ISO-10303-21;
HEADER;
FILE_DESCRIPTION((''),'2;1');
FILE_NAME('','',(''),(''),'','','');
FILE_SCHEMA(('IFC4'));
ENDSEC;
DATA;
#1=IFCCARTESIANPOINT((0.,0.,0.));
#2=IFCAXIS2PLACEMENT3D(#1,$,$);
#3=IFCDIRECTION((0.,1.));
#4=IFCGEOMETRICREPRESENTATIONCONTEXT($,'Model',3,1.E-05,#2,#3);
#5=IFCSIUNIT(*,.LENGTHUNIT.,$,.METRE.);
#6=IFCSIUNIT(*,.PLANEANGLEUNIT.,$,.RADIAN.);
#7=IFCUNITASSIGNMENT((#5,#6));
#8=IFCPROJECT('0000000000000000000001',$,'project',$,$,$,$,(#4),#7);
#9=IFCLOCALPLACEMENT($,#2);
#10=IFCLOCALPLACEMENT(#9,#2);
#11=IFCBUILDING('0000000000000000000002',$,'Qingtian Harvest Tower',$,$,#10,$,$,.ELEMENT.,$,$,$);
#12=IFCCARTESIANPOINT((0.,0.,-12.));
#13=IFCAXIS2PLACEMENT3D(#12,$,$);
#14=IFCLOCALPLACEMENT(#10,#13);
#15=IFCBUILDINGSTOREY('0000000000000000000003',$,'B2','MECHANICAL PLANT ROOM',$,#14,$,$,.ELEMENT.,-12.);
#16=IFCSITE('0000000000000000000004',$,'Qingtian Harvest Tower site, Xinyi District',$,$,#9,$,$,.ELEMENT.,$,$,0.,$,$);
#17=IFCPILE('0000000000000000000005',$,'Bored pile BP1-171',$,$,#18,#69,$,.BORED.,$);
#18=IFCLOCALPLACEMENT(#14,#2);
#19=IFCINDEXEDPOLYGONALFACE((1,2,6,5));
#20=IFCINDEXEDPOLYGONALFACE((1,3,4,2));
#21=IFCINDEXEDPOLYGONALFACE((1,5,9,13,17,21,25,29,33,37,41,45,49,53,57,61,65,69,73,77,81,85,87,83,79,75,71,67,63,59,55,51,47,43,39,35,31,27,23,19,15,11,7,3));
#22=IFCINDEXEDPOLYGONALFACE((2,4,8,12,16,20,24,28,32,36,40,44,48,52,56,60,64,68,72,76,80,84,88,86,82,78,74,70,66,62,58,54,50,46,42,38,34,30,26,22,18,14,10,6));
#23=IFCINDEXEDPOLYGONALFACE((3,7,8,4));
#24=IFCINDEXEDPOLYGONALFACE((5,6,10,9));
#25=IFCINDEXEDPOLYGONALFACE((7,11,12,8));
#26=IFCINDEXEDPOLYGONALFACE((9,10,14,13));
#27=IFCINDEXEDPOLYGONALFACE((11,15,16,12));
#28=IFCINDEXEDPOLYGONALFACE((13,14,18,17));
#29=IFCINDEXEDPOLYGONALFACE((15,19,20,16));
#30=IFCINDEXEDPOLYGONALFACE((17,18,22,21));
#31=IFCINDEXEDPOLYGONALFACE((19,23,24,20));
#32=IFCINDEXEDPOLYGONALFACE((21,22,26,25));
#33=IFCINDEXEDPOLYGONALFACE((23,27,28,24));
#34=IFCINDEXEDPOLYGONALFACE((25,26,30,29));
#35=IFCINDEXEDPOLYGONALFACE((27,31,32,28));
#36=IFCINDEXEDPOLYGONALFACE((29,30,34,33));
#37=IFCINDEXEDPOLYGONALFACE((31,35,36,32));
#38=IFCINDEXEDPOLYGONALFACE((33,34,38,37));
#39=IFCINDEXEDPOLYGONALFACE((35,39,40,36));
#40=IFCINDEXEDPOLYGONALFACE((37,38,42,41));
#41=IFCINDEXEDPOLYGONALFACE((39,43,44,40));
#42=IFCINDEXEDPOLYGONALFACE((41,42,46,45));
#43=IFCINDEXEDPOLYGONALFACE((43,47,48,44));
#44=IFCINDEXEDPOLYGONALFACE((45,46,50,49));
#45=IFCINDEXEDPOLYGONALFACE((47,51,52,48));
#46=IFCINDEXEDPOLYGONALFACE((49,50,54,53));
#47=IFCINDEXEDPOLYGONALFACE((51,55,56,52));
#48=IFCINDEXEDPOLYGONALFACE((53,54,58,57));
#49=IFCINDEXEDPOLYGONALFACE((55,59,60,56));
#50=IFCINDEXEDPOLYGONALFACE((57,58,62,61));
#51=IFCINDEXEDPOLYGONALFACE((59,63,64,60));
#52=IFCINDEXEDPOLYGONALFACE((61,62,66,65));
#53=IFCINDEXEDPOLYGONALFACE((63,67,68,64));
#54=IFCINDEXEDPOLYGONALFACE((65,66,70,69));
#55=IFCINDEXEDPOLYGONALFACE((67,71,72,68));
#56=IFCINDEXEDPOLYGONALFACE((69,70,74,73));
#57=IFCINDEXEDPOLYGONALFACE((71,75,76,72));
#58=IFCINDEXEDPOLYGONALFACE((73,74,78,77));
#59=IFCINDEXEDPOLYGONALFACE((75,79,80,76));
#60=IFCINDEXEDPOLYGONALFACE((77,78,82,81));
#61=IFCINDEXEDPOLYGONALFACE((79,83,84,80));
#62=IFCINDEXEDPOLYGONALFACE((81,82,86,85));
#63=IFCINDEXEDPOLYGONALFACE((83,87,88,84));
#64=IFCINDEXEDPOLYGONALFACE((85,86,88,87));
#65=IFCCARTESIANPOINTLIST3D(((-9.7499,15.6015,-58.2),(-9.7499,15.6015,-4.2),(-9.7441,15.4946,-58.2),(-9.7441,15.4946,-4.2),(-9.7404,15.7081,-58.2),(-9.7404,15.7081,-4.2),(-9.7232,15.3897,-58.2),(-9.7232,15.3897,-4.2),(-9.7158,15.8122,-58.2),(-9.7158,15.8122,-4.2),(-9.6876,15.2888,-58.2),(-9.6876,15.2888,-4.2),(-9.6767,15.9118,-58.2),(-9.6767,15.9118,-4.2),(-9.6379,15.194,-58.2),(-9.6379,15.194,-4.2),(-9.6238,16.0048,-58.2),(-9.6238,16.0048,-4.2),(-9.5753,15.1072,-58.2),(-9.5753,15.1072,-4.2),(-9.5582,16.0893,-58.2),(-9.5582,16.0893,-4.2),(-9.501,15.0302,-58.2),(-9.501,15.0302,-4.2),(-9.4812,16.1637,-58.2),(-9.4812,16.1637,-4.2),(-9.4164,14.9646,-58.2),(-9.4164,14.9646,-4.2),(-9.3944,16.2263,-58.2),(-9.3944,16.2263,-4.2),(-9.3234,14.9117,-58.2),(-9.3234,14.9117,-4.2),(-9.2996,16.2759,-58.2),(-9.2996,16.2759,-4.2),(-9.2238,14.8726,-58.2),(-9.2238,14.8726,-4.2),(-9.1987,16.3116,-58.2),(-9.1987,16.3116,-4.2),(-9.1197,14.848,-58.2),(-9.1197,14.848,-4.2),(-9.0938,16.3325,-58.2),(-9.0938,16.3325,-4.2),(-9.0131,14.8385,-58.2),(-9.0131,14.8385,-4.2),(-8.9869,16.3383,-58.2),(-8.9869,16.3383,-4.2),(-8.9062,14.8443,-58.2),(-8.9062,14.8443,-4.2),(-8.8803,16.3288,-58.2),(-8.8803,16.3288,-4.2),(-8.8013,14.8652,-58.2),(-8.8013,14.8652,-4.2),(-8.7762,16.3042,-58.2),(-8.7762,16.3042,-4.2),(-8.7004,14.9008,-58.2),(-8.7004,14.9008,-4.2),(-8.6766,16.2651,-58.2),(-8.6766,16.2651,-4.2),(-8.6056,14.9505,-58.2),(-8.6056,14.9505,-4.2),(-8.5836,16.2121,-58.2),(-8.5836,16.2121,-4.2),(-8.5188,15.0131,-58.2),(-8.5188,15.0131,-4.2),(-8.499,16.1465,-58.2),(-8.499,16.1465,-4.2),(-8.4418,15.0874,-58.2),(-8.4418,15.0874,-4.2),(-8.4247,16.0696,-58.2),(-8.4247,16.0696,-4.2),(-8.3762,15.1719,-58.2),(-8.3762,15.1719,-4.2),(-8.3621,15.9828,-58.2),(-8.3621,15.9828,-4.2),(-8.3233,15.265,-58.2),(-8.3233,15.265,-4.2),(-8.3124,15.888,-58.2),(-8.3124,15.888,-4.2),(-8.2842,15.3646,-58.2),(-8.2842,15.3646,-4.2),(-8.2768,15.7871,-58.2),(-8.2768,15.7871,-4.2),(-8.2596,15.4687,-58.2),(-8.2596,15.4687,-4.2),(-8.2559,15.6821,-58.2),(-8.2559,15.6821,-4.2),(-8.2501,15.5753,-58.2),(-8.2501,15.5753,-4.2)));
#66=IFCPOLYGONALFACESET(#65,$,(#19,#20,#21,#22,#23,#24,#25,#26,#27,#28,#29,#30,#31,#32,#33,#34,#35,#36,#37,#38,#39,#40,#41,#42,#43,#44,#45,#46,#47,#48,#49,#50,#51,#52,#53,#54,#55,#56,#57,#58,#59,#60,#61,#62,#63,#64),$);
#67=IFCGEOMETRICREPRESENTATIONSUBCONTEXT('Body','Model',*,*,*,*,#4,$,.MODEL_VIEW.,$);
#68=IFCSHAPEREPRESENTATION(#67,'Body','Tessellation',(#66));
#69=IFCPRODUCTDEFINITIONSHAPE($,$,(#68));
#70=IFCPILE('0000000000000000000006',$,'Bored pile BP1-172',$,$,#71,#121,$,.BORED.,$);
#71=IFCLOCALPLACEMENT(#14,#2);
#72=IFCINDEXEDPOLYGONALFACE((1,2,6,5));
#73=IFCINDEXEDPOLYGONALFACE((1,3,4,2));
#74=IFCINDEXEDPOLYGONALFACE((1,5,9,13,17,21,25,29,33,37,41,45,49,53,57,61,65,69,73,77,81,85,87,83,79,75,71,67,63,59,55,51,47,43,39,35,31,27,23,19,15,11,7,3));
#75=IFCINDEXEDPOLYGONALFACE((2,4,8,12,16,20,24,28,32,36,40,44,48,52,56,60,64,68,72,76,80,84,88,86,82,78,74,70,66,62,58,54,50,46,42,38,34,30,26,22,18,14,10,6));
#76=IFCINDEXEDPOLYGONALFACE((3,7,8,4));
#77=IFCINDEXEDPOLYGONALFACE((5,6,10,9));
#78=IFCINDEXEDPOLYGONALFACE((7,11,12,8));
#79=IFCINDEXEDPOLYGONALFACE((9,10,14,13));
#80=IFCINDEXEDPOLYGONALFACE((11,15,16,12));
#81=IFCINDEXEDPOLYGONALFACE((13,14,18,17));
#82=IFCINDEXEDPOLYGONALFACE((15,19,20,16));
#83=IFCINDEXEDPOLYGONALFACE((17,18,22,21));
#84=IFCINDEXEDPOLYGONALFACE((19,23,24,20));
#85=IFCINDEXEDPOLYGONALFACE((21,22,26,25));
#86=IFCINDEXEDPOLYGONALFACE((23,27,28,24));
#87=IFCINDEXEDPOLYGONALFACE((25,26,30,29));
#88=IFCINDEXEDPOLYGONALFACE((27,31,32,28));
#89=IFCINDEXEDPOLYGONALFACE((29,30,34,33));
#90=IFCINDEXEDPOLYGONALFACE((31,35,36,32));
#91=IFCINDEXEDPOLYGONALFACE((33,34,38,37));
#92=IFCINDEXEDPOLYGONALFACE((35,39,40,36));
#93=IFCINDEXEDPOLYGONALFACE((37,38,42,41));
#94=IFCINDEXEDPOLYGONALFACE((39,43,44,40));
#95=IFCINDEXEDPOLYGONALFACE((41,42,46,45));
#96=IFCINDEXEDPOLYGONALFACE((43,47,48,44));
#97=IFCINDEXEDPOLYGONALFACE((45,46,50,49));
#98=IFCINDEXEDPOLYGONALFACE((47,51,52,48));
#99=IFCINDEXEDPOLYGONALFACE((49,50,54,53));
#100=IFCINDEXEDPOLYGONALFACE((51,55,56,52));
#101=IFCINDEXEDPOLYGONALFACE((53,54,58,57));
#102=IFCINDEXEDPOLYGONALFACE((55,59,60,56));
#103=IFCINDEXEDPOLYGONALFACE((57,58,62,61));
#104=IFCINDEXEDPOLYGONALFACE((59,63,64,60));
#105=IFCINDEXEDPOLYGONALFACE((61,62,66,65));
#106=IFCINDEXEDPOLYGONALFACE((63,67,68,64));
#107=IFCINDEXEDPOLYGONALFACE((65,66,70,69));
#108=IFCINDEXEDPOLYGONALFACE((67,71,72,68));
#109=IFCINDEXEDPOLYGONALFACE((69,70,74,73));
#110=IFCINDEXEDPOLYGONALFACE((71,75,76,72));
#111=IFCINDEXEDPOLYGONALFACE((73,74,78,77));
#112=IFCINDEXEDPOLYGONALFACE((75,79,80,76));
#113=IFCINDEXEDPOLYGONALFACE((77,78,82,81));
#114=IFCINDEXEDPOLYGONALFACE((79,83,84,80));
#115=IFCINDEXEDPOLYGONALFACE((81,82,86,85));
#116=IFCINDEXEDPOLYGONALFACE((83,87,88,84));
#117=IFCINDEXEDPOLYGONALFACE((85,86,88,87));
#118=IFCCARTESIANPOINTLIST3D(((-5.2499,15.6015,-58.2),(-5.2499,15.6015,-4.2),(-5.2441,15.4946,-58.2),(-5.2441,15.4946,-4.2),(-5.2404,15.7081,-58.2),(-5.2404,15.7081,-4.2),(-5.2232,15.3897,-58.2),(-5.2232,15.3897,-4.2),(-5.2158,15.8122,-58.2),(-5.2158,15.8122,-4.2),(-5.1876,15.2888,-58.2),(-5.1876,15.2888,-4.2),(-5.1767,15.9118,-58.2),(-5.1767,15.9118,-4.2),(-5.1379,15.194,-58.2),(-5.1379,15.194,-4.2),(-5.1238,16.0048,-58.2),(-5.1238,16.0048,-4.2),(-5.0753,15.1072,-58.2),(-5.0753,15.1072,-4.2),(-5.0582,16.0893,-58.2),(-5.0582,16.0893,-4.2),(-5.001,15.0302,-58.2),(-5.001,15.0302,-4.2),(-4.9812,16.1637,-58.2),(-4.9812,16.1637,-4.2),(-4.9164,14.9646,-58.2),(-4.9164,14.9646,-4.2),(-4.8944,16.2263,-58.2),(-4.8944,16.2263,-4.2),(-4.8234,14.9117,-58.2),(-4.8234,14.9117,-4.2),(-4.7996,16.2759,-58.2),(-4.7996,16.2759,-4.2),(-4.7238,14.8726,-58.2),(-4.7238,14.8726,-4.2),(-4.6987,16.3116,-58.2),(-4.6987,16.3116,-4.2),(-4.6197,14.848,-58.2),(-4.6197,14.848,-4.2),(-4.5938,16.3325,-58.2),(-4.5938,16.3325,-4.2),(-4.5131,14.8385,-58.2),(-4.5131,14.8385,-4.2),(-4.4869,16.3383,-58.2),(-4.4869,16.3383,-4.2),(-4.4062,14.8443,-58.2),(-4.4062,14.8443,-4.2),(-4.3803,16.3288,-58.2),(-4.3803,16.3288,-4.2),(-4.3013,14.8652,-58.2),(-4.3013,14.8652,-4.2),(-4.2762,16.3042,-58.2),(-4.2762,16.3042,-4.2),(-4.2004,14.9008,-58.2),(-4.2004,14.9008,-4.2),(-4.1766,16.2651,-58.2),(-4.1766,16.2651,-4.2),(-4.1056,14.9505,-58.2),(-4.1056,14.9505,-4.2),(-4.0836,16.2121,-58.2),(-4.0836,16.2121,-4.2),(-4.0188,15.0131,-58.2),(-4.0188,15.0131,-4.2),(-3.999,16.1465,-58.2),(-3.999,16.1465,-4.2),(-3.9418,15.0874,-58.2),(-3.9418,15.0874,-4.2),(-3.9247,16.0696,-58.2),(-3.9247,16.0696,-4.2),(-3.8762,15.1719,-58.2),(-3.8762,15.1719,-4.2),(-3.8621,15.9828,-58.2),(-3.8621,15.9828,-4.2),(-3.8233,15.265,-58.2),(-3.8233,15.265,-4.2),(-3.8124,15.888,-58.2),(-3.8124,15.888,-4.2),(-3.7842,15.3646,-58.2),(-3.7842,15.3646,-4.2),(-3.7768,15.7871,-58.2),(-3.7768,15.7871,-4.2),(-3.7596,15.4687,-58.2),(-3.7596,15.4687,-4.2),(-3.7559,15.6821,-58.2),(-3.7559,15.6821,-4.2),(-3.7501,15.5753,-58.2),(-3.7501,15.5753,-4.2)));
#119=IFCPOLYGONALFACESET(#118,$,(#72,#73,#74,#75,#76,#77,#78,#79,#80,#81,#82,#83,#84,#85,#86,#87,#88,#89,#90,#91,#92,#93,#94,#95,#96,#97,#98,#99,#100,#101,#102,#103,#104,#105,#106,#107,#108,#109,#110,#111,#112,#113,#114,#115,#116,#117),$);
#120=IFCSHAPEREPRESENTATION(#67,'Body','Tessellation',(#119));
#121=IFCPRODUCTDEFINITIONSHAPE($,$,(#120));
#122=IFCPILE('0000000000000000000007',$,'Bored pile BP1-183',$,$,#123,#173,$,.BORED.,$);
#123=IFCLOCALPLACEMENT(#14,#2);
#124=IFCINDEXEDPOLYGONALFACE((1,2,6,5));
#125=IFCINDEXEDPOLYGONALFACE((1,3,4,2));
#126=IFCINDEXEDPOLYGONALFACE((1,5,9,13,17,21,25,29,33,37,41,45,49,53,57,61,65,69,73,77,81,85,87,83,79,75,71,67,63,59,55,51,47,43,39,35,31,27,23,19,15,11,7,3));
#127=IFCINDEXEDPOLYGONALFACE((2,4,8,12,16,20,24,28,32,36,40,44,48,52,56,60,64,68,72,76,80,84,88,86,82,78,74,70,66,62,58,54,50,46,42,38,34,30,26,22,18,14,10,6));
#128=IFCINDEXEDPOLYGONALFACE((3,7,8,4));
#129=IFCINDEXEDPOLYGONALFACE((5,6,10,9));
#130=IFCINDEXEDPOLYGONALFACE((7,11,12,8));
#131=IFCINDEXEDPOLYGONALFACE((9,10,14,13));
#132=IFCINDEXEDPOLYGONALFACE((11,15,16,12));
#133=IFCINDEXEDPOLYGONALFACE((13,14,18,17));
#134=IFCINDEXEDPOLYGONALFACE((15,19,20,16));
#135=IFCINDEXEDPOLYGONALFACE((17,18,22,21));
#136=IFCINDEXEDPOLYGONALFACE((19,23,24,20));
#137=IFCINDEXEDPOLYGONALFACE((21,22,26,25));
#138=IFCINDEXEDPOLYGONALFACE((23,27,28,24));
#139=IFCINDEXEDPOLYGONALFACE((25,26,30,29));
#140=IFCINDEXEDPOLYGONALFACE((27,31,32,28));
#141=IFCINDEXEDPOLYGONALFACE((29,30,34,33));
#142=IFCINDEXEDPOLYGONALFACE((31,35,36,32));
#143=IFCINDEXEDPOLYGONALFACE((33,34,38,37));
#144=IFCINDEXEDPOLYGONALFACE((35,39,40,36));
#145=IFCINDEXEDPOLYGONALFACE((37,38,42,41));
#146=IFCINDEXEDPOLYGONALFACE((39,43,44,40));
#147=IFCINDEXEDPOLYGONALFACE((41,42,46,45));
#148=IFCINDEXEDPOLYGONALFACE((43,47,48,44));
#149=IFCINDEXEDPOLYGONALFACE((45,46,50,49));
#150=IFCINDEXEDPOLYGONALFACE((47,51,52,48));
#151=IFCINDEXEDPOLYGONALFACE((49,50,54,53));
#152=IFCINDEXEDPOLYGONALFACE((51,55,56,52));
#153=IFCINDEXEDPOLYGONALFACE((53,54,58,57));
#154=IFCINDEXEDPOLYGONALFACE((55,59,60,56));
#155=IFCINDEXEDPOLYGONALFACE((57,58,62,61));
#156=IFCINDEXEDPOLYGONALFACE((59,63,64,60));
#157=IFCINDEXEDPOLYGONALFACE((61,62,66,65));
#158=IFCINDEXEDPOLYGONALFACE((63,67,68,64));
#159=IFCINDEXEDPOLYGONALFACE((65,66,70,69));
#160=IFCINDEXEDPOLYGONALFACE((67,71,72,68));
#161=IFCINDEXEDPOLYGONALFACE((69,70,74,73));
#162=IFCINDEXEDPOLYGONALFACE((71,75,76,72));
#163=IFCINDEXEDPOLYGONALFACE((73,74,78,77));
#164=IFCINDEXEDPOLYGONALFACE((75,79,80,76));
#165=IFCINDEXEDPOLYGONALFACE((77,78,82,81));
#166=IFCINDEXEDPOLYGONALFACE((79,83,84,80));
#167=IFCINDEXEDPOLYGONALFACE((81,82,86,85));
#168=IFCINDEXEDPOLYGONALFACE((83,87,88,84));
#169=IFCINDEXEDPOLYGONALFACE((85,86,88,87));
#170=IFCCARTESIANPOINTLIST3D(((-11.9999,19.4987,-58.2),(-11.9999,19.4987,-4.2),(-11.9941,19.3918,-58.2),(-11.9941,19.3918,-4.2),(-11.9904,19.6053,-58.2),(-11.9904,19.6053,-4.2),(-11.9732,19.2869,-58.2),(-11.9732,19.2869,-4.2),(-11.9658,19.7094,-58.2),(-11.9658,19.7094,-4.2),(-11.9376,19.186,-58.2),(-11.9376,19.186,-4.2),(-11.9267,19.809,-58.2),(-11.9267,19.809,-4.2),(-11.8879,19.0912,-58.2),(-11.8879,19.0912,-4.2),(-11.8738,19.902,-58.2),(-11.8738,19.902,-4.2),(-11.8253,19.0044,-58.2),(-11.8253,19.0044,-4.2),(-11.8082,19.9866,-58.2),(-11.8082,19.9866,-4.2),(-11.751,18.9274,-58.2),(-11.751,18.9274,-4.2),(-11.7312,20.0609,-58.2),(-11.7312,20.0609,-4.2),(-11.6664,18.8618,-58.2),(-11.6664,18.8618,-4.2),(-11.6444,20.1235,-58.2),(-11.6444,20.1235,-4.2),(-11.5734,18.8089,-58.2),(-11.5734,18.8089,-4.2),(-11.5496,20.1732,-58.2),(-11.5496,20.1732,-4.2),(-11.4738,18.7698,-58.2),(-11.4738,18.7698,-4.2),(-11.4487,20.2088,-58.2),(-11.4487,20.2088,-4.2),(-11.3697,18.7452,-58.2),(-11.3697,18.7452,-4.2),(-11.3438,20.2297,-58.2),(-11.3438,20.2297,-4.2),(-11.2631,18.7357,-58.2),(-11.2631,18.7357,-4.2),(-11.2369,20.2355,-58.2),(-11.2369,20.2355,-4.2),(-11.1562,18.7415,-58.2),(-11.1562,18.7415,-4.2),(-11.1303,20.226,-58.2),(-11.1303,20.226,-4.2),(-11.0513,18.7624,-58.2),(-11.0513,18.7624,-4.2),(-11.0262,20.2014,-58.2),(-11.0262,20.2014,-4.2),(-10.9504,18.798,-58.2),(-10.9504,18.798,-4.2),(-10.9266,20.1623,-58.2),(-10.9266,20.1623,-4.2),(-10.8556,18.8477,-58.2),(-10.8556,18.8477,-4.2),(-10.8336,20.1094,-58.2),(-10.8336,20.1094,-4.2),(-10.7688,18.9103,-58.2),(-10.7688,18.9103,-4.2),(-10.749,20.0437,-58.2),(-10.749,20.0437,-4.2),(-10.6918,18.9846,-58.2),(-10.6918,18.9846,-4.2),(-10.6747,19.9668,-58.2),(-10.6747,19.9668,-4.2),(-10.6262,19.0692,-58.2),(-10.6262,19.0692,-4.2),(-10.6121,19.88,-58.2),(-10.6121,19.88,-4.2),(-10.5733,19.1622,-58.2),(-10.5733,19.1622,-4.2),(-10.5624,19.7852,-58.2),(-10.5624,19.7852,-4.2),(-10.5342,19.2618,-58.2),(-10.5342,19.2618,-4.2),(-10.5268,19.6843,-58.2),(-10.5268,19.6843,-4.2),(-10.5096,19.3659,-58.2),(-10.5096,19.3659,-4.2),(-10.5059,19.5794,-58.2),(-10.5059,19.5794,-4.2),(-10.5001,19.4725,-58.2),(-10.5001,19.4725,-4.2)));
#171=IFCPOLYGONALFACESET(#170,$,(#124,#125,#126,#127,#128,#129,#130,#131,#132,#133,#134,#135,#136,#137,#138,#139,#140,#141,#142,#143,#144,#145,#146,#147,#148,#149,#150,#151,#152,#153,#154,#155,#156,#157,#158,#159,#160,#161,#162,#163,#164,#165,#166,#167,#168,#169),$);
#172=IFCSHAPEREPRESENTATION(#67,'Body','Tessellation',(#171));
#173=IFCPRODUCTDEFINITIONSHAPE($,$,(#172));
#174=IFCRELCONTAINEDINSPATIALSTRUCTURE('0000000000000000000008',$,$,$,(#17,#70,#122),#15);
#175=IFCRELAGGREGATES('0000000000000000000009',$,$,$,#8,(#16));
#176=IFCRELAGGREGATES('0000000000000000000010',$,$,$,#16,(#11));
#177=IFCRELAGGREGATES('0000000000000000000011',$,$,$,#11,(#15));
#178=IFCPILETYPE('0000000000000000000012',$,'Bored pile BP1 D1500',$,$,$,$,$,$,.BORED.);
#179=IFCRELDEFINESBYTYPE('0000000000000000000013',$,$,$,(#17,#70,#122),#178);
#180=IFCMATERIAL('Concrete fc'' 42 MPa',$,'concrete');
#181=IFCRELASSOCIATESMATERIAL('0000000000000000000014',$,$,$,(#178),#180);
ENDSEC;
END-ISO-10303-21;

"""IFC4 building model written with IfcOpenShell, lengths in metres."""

from ifc_helpers import new_model, si_unit, direction, frame, frame_2d, origin, place, context, subcontext, project, spatial, circle, extrude, material, material_profile, profile_set, type_object, element, save


model = new_model("IFC4")

# Units and contexts
model_context = context("Model", 3, precision=1e-05, world=origin(), true_north=direction((0.0, 1.0)))
body_context = subcontext(model_context, "Body", "Model", "MODEL_VIEW")
ifc_project = project(units=[si_unit("LENGTHUNIT", "METRE"), si_unit("PLANEANGLEUNIT", "RADIAN")], contexts=[model_context])

# Site, building, storey
site_placement = place(None, origin())
site = spatial("IfcSite", under=ifc_project, at=site_placement, Name="Qingtian Harvest Tower site, Xinyi District", CompositionType="ELEMENT", RefElevation=0.0)
building_placement = place(site_placement, origin())
building = spatial("IfcBuilding", under=site, at=building_placement, Name="Qingtian Harvest Tower", CompositionType="ELEMENT")
storey_placement = place(building_placement, frame((0.0, 0.0, -12.0)))
storey = spatial("IfcBuildingStorey", under=building, at=storey_placement, Name="B2", Description="MECHANICAL PLANT ROOM", CompositionType="ELEMENT", Elevation=-12.0)

# Piles
ifc_material_1 = material(Name="Concrete fc' 42 MPa", Category="concrete")
ifc_material_profile_1 = material_profile(ifc_material_1, circle(Radius=0.75, at=frame_2d((0.0, 0.0), x_axis=(0.999848, 0.017452))), Name="Bored pile BP1 D1500")
ifc_profile_set_1 = profile_set([ifc_material_profile_1], Name="Concrete fc' 42 MPa")
pile_type = type_object("IfcPileType", Name="Bored pile BP1 D1500", PredefinedType="BORED", material=ifc_profile_set_1)
for number, where, z_axis, x_axis, name in (
    (1, (-9.0, 15.5884, -4.2), (0.0, 0.0, -1.0), (1.0, 0.0, 0.0), "Bored pile BP1-171"),
    (2, (-4.5, 15.5884, -4.2), (0.0, 0.0, -1.0), (1.0, 0.0, 0.0), "Bored pile BP1-172"),
    (3, (-11.25, 19.4856, -4.2), (0.0, 0.0, -1.0), (1.0, 0.0, 0.0), "Bored pile BP1-183"),
):
    element("IfcPile", number, at=place(storey_placement, frame(where, z_axis=z_axis, x_axis=x_axis)), inside=storey, type_object=pile_type, Name=name, PredefinedType="BORED", context=body_context, shape_type="SweptSolid", body=[
        extrude(circle(Radius=0.75, at=frame_2d((0.0, 0.0), x_axis=(0.999848, 0.017452))), origin(), (0.0, 0.0, 1.0), 54.0),
    ])

save(model, "model.ifc")
